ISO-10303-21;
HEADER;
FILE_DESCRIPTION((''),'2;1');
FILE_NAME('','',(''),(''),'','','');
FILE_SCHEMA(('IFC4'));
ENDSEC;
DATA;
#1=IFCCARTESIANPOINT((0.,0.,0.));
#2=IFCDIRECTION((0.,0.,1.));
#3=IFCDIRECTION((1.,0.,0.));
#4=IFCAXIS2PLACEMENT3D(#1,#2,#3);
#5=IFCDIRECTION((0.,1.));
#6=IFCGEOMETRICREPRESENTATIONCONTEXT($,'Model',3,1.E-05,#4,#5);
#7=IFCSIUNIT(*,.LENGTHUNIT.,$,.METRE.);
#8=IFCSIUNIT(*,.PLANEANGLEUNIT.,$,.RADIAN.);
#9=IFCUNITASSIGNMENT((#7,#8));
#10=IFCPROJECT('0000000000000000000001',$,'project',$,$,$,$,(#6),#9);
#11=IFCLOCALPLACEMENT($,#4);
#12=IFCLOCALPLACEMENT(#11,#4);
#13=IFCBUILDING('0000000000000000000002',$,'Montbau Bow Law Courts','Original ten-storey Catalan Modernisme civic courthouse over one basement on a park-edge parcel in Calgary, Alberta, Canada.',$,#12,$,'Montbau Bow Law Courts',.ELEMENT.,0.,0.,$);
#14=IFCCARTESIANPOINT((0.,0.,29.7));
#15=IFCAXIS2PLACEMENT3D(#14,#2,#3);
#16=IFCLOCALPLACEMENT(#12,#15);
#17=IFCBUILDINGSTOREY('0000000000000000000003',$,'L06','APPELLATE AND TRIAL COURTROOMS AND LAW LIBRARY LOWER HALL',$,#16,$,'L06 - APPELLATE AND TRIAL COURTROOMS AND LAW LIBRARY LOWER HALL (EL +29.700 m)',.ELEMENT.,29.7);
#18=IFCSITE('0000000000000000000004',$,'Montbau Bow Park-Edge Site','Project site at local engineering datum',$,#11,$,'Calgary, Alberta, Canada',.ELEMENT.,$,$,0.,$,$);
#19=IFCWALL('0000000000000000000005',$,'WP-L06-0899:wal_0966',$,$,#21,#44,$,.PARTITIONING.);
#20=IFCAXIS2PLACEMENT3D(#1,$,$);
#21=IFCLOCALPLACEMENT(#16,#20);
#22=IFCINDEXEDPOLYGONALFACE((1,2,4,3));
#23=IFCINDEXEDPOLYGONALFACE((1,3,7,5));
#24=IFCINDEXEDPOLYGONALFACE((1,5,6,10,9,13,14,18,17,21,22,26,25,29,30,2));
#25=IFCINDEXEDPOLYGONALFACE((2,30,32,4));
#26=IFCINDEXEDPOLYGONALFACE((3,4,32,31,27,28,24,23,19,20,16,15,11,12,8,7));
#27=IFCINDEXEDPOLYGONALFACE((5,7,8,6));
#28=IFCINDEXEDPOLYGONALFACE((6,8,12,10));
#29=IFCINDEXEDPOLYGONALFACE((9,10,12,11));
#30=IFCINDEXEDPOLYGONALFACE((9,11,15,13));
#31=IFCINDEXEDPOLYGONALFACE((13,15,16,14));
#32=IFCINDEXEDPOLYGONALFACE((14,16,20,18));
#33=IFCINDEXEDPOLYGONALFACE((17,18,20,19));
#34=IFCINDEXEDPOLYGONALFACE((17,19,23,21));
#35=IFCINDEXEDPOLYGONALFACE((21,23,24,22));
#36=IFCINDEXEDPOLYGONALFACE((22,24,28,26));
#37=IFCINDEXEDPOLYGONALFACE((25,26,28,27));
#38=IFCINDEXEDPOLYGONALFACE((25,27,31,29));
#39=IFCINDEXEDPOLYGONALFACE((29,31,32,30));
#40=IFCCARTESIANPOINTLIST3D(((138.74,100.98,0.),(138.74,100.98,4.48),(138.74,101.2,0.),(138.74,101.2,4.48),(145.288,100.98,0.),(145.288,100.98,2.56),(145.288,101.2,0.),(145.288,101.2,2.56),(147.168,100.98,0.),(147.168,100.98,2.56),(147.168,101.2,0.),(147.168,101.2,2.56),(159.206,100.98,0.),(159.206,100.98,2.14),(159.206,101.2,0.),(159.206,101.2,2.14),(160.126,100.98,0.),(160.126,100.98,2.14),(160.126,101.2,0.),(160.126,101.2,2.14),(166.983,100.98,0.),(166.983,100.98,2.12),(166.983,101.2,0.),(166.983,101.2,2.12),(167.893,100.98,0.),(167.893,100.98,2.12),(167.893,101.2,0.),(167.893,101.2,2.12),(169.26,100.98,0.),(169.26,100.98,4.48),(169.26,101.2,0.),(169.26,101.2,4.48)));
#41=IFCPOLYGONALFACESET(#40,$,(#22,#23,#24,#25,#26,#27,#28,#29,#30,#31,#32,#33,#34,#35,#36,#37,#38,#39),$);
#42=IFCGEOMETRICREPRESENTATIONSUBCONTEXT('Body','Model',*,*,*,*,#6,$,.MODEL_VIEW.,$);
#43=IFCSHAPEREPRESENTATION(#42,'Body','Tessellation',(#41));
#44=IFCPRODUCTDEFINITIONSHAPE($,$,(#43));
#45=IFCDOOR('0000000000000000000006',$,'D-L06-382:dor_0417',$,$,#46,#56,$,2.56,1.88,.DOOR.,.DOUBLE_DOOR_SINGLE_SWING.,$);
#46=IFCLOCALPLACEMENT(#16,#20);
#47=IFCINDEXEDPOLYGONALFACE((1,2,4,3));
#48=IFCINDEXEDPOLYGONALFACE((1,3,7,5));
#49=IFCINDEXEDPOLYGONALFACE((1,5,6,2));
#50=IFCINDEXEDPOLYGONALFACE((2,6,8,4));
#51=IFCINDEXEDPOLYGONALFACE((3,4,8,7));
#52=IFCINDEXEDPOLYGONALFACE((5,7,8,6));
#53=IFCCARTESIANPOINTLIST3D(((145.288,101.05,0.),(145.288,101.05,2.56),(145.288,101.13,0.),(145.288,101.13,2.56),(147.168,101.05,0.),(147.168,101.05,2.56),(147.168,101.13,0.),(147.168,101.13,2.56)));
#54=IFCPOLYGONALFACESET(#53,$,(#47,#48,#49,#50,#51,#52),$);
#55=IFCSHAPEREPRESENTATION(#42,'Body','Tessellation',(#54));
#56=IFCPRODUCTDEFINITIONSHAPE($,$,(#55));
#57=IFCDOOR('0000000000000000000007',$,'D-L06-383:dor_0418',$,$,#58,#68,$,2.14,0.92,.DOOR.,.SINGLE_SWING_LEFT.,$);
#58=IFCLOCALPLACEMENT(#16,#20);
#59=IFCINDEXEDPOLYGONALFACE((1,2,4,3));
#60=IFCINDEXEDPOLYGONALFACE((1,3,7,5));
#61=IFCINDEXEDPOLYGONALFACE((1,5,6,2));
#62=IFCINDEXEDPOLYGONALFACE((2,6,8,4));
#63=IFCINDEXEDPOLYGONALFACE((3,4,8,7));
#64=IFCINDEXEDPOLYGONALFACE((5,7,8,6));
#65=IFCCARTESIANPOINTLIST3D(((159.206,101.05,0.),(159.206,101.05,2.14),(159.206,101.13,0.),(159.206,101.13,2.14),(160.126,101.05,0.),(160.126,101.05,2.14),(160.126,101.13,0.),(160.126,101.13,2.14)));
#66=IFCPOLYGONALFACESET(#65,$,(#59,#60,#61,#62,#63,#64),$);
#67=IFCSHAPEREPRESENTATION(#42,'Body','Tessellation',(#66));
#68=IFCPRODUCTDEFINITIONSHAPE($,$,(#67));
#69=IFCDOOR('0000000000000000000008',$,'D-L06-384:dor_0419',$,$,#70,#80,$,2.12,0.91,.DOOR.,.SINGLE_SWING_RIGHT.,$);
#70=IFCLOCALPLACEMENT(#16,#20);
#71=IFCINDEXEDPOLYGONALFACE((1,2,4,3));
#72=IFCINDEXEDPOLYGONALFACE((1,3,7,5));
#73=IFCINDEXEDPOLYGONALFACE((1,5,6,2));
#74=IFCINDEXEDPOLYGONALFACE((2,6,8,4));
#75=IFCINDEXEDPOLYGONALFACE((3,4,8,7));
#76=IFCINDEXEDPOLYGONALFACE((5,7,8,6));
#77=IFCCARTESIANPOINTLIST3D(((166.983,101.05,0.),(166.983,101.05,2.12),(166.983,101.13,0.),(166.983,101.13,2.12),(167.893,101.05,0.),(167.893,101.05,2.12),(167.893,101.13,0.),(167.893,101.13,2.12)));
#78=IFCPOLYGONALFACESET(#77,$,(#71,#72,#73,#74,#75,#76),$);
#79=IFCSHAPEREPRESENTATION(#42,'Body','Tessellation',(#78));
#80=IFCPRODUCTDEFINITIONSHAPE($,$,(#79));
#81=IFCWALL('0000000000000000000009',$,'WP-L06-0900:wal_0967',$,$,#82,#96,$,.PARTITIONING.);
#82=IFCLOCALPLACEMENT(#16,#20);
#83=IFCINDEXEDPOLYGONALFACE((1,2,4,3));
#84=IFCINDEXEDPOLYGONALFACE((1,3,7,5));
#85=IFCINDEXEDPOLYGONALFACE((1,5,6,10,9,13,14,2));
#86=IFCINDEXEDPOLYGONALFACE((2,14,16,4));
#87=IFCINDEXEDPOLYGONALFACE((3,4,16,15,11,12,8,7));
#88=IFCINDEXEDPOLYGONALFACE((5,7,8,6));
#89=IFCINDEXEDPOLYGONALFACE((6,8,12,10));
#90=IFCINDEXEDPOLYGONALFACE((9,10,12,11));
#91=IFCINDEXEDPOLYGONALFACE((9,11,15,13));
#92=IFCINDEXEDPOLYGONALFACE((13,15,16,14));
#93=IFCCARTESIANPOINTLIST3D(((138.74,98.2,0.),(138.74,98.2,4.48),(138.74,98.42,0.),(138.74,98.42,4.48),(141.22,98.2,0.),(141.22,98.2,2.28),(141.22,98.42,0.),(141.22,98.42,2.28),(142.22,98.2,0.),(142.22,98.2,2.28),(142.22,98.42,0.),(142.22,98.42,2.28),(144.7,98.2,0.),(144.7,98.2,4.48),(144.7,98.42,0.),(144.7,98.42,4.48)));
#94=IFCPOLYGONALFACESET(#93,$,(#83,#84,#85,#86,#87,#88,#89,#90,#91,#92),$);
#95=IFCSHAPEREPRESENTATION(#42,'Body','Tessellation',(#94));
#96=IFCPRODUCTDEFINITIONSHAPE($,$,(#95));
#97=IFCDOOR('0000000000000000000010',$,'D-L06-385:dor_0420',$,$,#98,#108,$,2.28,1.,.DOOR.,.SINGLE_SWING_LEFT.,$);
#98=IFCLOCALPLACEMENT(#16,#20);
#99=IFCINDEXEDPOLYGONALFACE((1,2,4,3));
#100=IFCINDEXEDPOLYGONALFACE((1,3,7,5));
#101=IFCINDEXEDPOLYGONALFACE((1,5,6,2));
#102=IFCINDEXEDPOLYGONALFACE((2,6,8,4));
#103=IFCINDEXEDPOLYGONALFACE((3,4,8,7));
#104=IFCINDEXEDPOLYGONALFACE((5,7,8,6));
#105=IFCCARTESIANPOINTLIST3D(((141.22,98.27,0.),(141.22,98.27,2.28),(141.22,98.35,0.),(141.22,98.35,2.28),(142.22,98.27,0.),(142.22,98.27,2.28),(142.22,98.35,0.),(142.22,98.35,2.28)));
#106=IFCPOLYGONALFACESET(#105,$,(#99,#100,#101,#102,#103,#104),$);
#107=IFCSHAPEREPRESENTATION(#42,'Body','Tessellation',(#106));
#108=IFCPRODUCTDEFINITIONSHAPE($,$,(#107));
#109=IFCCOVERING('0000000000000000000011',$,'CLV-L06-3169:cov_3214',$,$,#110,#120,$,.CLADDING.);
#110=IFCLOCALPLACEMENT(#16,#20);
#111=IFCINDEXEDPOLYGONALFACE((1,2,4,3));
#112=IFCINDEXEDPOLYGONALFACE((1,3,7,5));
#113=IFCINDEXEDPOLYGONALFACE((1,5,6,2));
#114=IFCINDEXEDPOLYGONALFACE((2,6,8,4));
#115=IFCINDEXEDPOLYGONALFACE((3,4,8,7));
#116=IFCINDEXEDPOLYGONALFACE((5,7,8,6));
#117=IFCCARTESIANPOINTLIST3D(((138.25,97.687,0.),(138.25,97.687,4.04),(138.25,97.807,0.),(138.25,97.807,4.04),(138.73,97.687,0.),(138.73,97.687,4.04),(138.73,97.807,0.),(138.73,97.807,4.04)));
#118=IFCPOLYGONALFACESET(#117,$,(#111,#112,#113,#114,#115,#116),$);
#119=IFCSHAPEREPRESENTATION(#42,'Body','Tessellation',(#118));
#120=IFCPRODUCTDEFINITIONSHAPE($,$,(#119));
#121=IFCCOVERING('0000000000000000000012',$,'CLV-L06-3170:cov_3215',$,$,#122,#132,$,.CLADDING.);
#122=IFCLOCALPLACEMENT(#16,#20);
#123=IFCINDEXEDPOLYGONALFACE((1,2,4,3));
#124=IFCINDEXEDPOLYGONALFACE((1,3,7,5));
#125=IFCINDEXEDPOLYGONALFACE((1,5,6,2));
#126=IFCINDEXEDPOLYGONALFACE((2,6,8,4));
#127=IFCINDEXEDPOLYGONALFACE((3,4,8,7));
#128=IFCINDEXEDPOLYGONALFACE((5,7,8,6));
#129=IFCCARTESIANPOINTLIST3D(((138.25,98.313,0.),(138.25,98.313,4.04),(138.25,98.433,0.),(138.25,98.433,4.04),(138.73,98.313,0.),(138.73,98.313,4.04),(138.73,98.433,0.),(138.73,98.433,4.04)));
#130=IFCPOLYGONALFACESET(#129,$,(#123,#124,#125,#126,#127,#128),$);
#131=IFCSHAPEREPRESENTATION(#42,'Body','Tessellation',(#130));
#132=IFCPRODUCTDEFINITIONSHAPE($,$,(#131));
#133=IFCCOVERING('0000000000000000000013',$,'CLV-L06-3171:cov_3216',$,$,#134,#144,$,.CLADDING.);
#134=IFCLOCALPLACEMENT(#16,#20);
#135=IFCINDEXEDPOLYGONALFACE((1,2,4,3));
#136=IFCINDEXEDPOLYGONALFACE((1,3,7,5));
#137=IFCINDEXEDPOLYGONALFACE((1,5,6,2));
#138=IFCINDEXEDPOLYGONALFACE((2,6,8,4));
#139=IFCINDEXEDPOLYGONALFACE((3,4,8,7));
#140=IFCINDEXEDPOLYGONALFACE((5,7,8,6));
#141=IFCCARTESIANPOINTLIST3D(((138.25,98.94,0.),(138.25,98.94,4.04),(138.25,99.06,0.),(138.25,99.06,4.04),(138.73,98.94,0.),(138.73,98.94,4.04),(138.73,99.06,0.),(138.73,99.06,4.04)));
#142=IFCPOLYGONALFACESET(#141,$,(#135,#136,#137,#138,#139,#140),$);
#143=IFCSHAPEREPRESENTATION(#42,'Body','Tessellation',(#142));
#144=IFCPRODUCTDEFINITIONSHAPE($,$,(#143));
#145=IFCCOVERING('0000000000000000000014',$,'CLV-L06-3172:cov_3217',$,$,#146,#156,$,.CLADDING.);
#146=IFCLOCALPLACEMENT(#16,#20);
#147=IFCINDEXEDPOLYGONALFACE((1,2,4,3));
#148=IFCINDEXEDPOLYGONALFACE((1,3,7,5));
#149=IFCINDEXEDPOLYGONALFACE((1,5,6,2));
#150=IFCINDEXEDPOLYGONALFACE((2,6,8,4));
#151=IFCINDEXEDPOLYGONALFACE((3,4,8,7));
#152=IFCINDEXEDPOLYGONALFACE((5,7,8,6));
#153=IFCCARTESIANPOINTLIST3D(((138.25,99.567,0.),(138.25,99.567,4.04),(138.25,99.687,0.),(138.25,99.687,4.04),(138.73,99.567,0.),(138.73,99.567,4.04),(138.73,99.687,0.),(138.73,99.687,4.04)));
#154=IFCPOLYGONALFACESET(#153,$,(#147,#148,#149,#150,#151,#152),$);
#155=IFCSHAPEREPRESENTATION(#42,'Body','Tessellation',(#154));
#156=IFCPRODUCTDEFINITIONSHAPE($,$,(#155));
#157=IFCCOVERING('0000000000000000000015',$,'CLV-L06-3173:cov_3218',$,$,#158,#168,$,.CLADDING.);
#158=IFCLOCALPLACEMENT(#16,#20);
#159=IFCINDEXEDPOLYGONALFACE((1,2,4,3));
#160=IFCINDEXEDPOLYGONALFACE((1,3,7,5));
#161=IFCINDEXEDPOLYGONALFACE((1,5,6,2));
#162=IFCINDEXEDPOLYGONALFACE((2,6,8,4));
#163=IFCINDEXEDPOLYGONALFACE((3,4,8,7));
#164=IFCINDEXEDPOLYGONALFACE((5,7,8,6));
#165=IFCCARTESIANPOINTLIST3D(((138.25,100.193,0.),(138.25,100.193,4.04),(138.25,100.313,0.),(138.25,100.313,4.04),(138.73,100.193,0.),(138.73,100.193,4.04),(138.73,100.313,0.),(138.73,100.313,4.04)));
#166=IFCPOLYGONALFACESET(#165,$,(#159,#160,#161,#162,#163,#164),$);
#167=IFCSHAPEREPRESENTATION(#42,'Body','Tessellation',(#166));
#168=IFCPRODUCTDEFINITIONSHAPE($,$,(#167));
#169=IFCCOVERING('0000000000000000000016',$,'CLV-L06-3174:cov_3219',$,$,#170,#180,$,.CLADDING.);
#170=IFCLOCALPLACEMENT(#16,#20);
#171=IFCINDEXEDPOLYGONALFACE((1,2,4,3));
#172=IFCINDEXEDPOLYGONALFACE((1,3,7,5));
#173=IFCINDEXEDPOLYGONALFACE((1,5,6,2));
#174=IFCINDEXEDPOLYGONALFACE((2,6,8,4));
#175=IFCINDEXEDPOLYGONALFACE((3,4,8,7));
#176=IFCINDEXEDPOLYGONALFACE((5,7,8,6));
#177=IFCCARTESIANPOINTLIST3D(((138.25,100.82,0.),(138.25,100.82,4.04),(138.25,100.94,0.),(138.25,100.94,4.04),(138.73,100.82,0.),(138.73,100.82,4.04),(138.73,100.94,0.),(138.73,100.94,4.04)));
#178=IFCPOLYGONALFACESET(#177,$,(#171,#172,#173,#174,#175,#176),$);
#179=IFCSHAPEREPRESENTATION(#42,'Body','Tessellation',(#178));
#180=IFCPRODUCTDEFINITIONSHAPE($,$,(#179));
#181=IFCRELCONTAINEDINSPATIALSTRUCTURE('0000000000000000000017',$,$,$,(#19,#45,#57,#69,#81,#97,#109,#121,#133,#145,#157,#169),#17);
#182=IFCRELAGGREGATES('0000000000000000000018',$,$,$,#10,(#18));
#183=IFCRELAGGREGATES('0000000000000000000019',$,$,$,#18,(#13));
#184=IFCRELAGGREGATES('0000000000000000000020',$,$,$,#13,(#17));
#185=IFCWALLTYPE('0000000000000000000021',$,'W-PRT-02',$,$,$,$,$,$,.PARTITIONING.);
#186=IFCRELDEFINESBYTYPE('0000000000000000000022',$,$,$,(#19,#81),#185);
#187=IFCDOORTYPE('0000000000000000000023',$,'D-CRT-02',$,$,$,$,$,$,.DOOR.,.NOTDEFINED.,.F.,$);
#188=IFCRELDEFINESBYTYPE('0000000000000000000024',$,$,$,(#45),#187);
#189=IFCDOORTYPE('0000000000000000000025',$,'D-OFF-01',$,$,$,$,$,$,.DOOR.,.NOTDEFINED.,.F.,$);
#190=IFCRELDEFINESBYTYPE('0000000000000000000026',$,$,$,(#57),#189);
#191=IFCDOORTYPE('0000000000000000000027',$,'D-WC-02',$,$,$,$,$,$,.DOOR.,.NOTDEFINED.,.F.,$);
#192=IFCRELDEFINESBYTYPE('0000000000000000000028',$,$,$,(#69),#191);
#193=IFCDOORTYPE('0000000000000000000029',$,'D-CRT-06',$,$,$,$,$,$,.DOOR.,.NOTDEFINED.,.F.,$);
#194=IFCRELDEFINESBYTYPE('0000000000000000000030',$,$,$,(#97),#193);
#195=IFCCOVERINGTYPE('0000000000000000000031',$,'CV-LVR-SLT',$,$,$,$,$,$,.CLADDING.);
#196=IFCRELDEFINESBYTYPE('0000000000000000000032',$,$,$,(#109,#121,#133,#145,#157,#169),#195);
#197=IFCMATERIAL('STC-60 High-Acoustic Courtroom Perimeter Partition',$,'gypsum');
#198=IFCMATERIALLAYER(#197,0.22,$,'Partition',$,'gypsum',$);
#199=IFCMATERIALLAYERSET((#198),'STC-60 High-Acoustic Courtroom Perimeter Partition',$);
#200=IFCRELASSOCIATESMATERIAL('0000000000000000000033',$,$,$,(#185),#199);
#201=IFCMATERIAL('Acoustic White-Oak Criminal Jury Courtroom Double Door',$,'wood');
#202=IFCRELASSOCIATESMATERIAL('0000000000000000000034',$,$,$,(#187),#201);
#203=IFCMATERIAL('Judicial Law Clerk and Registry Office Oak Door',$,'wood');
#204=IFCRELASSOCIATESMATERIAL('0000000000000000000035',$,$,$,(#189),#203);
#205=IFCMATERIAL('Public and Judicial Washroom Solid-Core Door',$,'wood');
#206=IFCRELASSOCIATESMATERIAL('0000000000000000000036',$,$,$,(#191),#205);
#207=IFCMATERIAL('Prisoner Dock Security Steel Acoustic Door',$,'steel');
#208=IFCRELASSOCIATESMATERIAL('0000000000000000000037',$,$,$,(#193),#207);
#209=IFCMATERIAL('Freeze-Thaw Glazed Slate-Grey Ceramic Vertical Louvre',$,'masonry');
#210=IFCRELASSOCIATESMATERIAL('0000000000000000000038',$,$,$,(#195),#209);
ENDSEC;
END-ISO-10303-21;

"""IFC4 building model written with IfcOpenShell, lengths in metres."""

from ifc_helpers import new_model, si_unit, direction, frame, frame_2d, origin_with_axes, place, context, subcontext, project, spatial, rectangle, extrude, material, layer, layer_set, type_object, element, fill, save


model = new_model("IFC4")

# Units and contexts
model_context = context("Model", 3, precision=1e-05, world=origin_with_axes(), true_north=direction((0.0, 1.0)))
body_context = subcontext(model_context, "Body", "Model", "MODEL_VIEW")
ifc_project = project(units=[si_unit("LENGTHUNIT", "METRE"), si_unit("PLANEANGLEUNIT", "RADIAN")], contexts=[model_context])

# Site, building, storey
site_placement = place(None, origin_with_axes())
site = spatial("IfcSite", under=ifc_project, at=site_placement, Name="Montbau Bow Park-Edge Site", Description="Project site at local engineering datum", LongName="Calgary, Alberta, Canada", CompositionType="ELEMENT", RefElevation=0.0)
building_placement = place(site_placement, origin_with_axes())
building = spatial("IfcBuilding", under=site, at=building_placement, Name="Montbau Bow Law Courts", Description="Original ten-storey Catalan Modernisme civic courthouse over one basement on a park-edge parcel in Calgary, Alberta, Canada.", LongName="Montbau Bow Law Courts", CompositionType="ELEMENT", ElevationOfRefHeight=0.0, ElevationOfTerrain=0.0)
storey_placement = place(building_placement, frame((0.0, 0.0, 29.7), z_axis=(0.0, 0.0, 1.0), x_axis=(1.0, 0.0, 0.0)))
storey = spatial("IfcBuildingStorey", under=building, at=storey_placement, Name="L06", Description="APPELLATE AND TRIAL COURTROOMS AND LAW LIBRARY LOWER HALL", LongName="L06 - APPELLATE AND TRIAL COURTROOMS AND LAW LIBRARY LOWER HALL (EL +29.700 m)", CompositionType="ELEMENT", Elevation=29.7)

# Wall, openings, doors
ifc_material_1 = material(Name="STC-60 High-Acoustic Courtroom Perimeter Partition", Category="gypsum")
ifc_layer_1 = layer(ifc_material_1, 0.22, Name="Partition", Category="gypsum")
ifc_layer_set_1 = layer_set([ifc_layer_1], Name="STC-60 High-Acoustic Courtroom Perimeter Partition")
wall_type = type_object("IfcWallType", Name="W-PRT-02", PredefinedType="PARTITIONING", material=ifc_layer_set_1)
wall_1_placement = place(None, frame((138.74, 101.09, 29.7), z_axis=(0.0, 0.0, 1.0), x_axis=(1.0, 0.0, 0.0)))
wall_1 = element("IfcWall", 1, at=wall_1_placement, inside=storey, type_object=wall_type, Name="WP-L06-0899:wal_0966", PredefinedType="PARTITIONING", context=body_context, shape_type="SweptSolid", body=[
    extrude(rectangle(XDim=30.52, YDim=0.22, at=frame_2d((15.26, 0.0), x_axis=(1.0, 0.0))), origin_with_axes(), (0.0, 0.0, 1.0), 4.48),
])
opening_1_placement = place(None, frame((146.228, 101.09, 29.7), z_axis=(0.0, 0.0, 1.0), x_axis=(1.0, 0.0, 0.0)))
opening_1 = element("IfcOpeningElement", 2, at=opening_1_placement, cuts=wall_1, PredefinedType="OPENING", context=body_context, shape_type="SweptSolid", body=[
    extrude(rectangle(XDim=1.88, YDim=2.56, at=frame_2d((0.0, 1.28), x_axis=(1.0, 0.0))), frame((0.0, 0.12, 0.0), z_axis=(0.0, -1.0, 0.0), x_axis=(1.0, 0.0, 0.0)), (0.0, 0.0, 1.0), 0.24),
])
opening_2_placement = place(None, frame((159.666, 101.09, 29.7), z_axis=(0.0, 0.0, 1.0), x_axis=(1.0, 0.0, 0.0)))
opening_2 = element("IfcOpeningElement", 3, at=opening_2_placement, cuts=wall_1, PredefinedType="OPENING", context=body_context, shape_type="SweptSolid", body=[
    extrude(rectangle(XDim=0.92, YDim=2.14, at=frame_2d((0.0, 1.07), x_axis=(1.0, 0.0))), frame((0.0, 0.12, 0.0), z_axis=(0.0, -1.0, 0.0), x_axis=(1.0, 0.0, 0.0)), (0.0, 0.0, 1.0), 0.24),
])
opening_3_placement = place(None, frame((167.438, 101.09, 29.7), z_axis=(0.0, 0.0, 1.0), x_axis=(1.0, 0.0, 0.0)))
opening_3 = element("IfcOpeningElement", 4, at=opening_3_placement, cuts=wall_1, PredefinedType="OPENING", context=body_context, shape_type="SweptSolid", body=[
    extrude(rectangle(XDim=0.91, YDim=2.12, at=frame_2d((0.0, 1.06), x_axis=(1.0, 0.0))), frame((0.0, 0.12, 0.0), z_axis=(0.0, -1.0, 0.0), x_axis=(1.0, 0.0, 0.0)), (0.0, 0.0, 1.0), 0.24),
])
ifc_material_2 = material(Name="Acoustic White-Oak Criminal Jury Courtroom Double Door", Category="wood")
door_type_1 = type_object("IfcDoorType", Name="D-CRT-02", OperationType="NOTDEFINED", ParameterTakesPrecedence=False, PredefinedType="DOOR", material=ifc_material_2)
door_1_placement = place(None, frame((146.228, 101.09, 29.7), z_axis=(0.0, 0.0, 1.0), x_axis=(-1.0, 0.0, 0.0)))
door_1 = element("IfcDoor", 5, at=door_1_placement, inside=storey, type_object=door_type_1, Name="D-L06-382:dor_0417", OperationType="DOUBLE_DOOR_SINGLE_SWING", OverallHeight=2.56, OverallWidth=1.88, PredefinedType="DOOR", context=body_context, shape_type="SweptSolid", body=[
    extrude(rectangle(XDim=1.88, YDim=2.56, at=frame_2d((0.0, 1.28), x_axis=(1.0, 0.0))), frame((0.0, 0.04, 0.0), z_axis=(0.0, -1.0, 0.0), x_axis=(1.0, 0.0, 0.0)), (0.0, 0.0, 1.0), 0.08),
])
fill(opening_1, door_1)
ifc_material_3 = material(Name="Judicial Law Clerk and Registry Office Oak Door", Category="wood")
door_type_2 = type_object("IfcDoorType", Name="D-OFF-01", OperationType="NOTDEFINED", ParameterTakesPrecedence=False, PredefinedType="DOOR", material=ifc_material_3)
door_2_placement = place(None, frame((159.666, 101.09, 29.7), z_axis=(0.0, 0.0, 1.0), x_axis=(-1.0, 0.0, 0.0)))
door_2 = element("IfcDoor", 6, at=door_2_placement, inside=storey, type_object=door_type_2, Name="D-L06-383:dor_0418", OperationType="SINGLE_SWING_LEFT", OverallHeight=2.14, OverallWidth=0.92, PredefinedType="DOOR", context=body_context, shape_type="SweptSolid", body=[
    extrude(rectangle(XDim=0.92, YDim=2.14, at=frame_2d((0.0, 1.07), x_axis=(1.0, 0.0))), frame((0.0, 0.04, 0.0), z_axis=(0.0, -1.0, 0.0), x_axis=(1.0, 0.0, 0.0)), (0.0, 0.0, 1.0), 0.08),
])
fill(opening_2, door_2)
ifc_material_4 = material(Name="Public and Judicial Washroom Solid-Core Door", Category="wood")
door_type_3 = type_object("IfcDoorType", Name="D-WC-02", OperationType="NOTDEFINED", ParameterTakesPrecedence=False, PredefinedType="DOOR", material=ifc_material_4)
door_3_placement = place(None, frame((167.438, 101.09, 29.7), z_axis=(0.0, 0.0, 1.0), x_axis=(-1.0, 0.0, 0.0)))
door_3 = element("IfcDoor", 7, at=door_3_placement, inside=storey, type_object=door_type_3, Name="D-L06-384:dor_0419", OperationType="SINGLE_SWING_RIGHT", OverallHeight=2.12, OverallWidth=0.91, PredefinedType="DOOR", context=body_context, shape_type="SweptSolid", body=[
    extrude(rectangle(XDim=0.91, YDim=2.12, at=frame_2d((0.0, 1.06), x_axis=(1.0, 0.0))), frame((0.0, 0.04, 0.0), z_axis=(0.0, -1.0, 0.0), x_axis=(1.0, 0.0, 0.0)), (0.0, 0.0, 1.0), 0.08),
])
fill(opening_3, door_3)

# Wall, opening, door
wall_2_placement = place(None, frame((138.74, 98.31, 29.7), z_axis=(0.0, 0.0, 1.0), x_axis=(1.0, 0.0, 0.0)))
wall_2 = element("IfcWall", 8, at=wall_2_placement, inside=storey, type_object=wall_type, Name="WP-L06-0900:wal_0967", PredefinedType="PARTITIONING", context=body_context, shape_type="SweptSolid", body=[
    extrude(rectangle(XDim=5.96, YDim=0.22, at=frame_2d((2.98, 0.0), x_axis=(1.0, 0.0))), origin_with_axes(), (0.0, 0.0, 1.0), 4.48),
])
opening_4_placement = place(None, frame((141.72, 98.31, 29.7), z_axis=(0.0, 0.0, 1.0), x_axis=(1.0, 0.0, 0.0)))
opening_4 = element("IfcOpeningElement", 9, at=opening_4_placement, cuts=wall_2, PredefinedType="OPENING", context=body_context, shape_type="SweptSolid", body=[
    extrude(rectangle(XDim=1.0, YDim=2.28, at=frame_2d((0.0, 1.14), x_axis=(1.0, 0.0))), frame((0.0, 0.12, 0.0), z_axis=(0.0, -1.0, 0.0), x_axis=(1.0, 0.0, 0.0)), (0.0, 0.0, 1.0), 0.24),
])
ifc_material_5 = material(Name="Prisoner Dock Security Steel Acoustic Door", Category="steel")
door_type_4 = type_object("IfcDoorType", Name="D-CRT-06", OperationType="NOTDEFINED", ParameterTakesPrecedence=False, PredefinedType="DOOR", material=ifc_material_5)
door_4_placement = place(None, frame((141.72, 98.31, 29.7), z_axis=(0.0, 0.0, 1.0), x_axis=(1.0, 0.0, 0.0)))
door_4 = element("IfcDoor", 10, at=door_4_placement, inside=storey, type_object=door_type_4, Name="D-L06-385:dor_0420", OperationType="SINGLE_SWING_LEFT", OverallHeight=2.28, OverallWidth=1.0, PredefinedType="DOOR", context=body_context, shape_type="SweptSolid", body=[
    extrude(rectangle(XDim=1.0, YDim=2.28, at=frame_2d((0.0, 1.14), x_axis=(1.0, 0.0))), frame((0.0, 0.04, 0.0), z_axis=(0.0, -1.0, 0.0), x_axis=(1.0, 0.0, 0.0)), (0.0, 0.0, 1.0), 0.08),
])
fill(opening_4, door_4)

# Coverings
ifc_material_6 = material(Name="Freeze-Thaw Glazed Slate-Grey Ceramic Vertical Louvre", Category="masonry")
covering_type = type_object("IfcCoveringType", Name="CV-LVR-SLT", PredefinedType="CLADDING", material=ifc_material_6)
for number, where, z_axis, x_axis, name in (
    (11, (138.73, 97.747, 29.7), (0.0, 1.0, 0.0), (-1.0, 0.0, 0.0), "CLV-L06-3169:cov_3214"),
    (12, (138.73, 98.373, 29.7), (0.0, 1.0, 0.0), (-1.0, 0.0, 0.0), "CLV-L06-3170:cov_3215"),
    (13, (138.73, 99.0, 29.7), (0.0, 1.0, 0.0), (-1.0, 0.0, 0.0), "CLV-L06-3171:cov_3216"),
    (14, (138.73, 99.627, 29.7), (0.0, 1.0, 0.0), (-1.0, 0.0, 0.0), "CLV-L06-3172:cov_3217"),
    (15, (138.73, 100.253, 29.7), (0.0, 1.0, 0.0), (-1.0, 0.0, 0.0), "CLV-L06-3173:cov_3218"),
    (16, (138.73, 100.88, 29.7), (0.0, 1.0, 0.0), (-1.0, 0.0, 0.0), "CLV-L06-3174:cov_3219"),
):
    element("IfcCovering", number, at=place(None, frame(where, z_axis=z_axis, x_axis=x_axis)), inside=storey, type_object=covering_type, Name=name, PredefinedType="CLADDING", context=body_context, shape_type="SweptSolid", body=[
        extrude(rectangle(XDim=0.48, YDim=4.04, at=frame_2d((0.24, 2.02), x_axis=(1.0, 0.0))), frame((0.0, 0.0, -0.06), z_axis=(0.0, 0.0, 1.0), x_axis=(1.0, 0.0, 0.0)), (0.0, 0.0, 1.0), 0.12),
    ])

save(model, "model.ifc")
